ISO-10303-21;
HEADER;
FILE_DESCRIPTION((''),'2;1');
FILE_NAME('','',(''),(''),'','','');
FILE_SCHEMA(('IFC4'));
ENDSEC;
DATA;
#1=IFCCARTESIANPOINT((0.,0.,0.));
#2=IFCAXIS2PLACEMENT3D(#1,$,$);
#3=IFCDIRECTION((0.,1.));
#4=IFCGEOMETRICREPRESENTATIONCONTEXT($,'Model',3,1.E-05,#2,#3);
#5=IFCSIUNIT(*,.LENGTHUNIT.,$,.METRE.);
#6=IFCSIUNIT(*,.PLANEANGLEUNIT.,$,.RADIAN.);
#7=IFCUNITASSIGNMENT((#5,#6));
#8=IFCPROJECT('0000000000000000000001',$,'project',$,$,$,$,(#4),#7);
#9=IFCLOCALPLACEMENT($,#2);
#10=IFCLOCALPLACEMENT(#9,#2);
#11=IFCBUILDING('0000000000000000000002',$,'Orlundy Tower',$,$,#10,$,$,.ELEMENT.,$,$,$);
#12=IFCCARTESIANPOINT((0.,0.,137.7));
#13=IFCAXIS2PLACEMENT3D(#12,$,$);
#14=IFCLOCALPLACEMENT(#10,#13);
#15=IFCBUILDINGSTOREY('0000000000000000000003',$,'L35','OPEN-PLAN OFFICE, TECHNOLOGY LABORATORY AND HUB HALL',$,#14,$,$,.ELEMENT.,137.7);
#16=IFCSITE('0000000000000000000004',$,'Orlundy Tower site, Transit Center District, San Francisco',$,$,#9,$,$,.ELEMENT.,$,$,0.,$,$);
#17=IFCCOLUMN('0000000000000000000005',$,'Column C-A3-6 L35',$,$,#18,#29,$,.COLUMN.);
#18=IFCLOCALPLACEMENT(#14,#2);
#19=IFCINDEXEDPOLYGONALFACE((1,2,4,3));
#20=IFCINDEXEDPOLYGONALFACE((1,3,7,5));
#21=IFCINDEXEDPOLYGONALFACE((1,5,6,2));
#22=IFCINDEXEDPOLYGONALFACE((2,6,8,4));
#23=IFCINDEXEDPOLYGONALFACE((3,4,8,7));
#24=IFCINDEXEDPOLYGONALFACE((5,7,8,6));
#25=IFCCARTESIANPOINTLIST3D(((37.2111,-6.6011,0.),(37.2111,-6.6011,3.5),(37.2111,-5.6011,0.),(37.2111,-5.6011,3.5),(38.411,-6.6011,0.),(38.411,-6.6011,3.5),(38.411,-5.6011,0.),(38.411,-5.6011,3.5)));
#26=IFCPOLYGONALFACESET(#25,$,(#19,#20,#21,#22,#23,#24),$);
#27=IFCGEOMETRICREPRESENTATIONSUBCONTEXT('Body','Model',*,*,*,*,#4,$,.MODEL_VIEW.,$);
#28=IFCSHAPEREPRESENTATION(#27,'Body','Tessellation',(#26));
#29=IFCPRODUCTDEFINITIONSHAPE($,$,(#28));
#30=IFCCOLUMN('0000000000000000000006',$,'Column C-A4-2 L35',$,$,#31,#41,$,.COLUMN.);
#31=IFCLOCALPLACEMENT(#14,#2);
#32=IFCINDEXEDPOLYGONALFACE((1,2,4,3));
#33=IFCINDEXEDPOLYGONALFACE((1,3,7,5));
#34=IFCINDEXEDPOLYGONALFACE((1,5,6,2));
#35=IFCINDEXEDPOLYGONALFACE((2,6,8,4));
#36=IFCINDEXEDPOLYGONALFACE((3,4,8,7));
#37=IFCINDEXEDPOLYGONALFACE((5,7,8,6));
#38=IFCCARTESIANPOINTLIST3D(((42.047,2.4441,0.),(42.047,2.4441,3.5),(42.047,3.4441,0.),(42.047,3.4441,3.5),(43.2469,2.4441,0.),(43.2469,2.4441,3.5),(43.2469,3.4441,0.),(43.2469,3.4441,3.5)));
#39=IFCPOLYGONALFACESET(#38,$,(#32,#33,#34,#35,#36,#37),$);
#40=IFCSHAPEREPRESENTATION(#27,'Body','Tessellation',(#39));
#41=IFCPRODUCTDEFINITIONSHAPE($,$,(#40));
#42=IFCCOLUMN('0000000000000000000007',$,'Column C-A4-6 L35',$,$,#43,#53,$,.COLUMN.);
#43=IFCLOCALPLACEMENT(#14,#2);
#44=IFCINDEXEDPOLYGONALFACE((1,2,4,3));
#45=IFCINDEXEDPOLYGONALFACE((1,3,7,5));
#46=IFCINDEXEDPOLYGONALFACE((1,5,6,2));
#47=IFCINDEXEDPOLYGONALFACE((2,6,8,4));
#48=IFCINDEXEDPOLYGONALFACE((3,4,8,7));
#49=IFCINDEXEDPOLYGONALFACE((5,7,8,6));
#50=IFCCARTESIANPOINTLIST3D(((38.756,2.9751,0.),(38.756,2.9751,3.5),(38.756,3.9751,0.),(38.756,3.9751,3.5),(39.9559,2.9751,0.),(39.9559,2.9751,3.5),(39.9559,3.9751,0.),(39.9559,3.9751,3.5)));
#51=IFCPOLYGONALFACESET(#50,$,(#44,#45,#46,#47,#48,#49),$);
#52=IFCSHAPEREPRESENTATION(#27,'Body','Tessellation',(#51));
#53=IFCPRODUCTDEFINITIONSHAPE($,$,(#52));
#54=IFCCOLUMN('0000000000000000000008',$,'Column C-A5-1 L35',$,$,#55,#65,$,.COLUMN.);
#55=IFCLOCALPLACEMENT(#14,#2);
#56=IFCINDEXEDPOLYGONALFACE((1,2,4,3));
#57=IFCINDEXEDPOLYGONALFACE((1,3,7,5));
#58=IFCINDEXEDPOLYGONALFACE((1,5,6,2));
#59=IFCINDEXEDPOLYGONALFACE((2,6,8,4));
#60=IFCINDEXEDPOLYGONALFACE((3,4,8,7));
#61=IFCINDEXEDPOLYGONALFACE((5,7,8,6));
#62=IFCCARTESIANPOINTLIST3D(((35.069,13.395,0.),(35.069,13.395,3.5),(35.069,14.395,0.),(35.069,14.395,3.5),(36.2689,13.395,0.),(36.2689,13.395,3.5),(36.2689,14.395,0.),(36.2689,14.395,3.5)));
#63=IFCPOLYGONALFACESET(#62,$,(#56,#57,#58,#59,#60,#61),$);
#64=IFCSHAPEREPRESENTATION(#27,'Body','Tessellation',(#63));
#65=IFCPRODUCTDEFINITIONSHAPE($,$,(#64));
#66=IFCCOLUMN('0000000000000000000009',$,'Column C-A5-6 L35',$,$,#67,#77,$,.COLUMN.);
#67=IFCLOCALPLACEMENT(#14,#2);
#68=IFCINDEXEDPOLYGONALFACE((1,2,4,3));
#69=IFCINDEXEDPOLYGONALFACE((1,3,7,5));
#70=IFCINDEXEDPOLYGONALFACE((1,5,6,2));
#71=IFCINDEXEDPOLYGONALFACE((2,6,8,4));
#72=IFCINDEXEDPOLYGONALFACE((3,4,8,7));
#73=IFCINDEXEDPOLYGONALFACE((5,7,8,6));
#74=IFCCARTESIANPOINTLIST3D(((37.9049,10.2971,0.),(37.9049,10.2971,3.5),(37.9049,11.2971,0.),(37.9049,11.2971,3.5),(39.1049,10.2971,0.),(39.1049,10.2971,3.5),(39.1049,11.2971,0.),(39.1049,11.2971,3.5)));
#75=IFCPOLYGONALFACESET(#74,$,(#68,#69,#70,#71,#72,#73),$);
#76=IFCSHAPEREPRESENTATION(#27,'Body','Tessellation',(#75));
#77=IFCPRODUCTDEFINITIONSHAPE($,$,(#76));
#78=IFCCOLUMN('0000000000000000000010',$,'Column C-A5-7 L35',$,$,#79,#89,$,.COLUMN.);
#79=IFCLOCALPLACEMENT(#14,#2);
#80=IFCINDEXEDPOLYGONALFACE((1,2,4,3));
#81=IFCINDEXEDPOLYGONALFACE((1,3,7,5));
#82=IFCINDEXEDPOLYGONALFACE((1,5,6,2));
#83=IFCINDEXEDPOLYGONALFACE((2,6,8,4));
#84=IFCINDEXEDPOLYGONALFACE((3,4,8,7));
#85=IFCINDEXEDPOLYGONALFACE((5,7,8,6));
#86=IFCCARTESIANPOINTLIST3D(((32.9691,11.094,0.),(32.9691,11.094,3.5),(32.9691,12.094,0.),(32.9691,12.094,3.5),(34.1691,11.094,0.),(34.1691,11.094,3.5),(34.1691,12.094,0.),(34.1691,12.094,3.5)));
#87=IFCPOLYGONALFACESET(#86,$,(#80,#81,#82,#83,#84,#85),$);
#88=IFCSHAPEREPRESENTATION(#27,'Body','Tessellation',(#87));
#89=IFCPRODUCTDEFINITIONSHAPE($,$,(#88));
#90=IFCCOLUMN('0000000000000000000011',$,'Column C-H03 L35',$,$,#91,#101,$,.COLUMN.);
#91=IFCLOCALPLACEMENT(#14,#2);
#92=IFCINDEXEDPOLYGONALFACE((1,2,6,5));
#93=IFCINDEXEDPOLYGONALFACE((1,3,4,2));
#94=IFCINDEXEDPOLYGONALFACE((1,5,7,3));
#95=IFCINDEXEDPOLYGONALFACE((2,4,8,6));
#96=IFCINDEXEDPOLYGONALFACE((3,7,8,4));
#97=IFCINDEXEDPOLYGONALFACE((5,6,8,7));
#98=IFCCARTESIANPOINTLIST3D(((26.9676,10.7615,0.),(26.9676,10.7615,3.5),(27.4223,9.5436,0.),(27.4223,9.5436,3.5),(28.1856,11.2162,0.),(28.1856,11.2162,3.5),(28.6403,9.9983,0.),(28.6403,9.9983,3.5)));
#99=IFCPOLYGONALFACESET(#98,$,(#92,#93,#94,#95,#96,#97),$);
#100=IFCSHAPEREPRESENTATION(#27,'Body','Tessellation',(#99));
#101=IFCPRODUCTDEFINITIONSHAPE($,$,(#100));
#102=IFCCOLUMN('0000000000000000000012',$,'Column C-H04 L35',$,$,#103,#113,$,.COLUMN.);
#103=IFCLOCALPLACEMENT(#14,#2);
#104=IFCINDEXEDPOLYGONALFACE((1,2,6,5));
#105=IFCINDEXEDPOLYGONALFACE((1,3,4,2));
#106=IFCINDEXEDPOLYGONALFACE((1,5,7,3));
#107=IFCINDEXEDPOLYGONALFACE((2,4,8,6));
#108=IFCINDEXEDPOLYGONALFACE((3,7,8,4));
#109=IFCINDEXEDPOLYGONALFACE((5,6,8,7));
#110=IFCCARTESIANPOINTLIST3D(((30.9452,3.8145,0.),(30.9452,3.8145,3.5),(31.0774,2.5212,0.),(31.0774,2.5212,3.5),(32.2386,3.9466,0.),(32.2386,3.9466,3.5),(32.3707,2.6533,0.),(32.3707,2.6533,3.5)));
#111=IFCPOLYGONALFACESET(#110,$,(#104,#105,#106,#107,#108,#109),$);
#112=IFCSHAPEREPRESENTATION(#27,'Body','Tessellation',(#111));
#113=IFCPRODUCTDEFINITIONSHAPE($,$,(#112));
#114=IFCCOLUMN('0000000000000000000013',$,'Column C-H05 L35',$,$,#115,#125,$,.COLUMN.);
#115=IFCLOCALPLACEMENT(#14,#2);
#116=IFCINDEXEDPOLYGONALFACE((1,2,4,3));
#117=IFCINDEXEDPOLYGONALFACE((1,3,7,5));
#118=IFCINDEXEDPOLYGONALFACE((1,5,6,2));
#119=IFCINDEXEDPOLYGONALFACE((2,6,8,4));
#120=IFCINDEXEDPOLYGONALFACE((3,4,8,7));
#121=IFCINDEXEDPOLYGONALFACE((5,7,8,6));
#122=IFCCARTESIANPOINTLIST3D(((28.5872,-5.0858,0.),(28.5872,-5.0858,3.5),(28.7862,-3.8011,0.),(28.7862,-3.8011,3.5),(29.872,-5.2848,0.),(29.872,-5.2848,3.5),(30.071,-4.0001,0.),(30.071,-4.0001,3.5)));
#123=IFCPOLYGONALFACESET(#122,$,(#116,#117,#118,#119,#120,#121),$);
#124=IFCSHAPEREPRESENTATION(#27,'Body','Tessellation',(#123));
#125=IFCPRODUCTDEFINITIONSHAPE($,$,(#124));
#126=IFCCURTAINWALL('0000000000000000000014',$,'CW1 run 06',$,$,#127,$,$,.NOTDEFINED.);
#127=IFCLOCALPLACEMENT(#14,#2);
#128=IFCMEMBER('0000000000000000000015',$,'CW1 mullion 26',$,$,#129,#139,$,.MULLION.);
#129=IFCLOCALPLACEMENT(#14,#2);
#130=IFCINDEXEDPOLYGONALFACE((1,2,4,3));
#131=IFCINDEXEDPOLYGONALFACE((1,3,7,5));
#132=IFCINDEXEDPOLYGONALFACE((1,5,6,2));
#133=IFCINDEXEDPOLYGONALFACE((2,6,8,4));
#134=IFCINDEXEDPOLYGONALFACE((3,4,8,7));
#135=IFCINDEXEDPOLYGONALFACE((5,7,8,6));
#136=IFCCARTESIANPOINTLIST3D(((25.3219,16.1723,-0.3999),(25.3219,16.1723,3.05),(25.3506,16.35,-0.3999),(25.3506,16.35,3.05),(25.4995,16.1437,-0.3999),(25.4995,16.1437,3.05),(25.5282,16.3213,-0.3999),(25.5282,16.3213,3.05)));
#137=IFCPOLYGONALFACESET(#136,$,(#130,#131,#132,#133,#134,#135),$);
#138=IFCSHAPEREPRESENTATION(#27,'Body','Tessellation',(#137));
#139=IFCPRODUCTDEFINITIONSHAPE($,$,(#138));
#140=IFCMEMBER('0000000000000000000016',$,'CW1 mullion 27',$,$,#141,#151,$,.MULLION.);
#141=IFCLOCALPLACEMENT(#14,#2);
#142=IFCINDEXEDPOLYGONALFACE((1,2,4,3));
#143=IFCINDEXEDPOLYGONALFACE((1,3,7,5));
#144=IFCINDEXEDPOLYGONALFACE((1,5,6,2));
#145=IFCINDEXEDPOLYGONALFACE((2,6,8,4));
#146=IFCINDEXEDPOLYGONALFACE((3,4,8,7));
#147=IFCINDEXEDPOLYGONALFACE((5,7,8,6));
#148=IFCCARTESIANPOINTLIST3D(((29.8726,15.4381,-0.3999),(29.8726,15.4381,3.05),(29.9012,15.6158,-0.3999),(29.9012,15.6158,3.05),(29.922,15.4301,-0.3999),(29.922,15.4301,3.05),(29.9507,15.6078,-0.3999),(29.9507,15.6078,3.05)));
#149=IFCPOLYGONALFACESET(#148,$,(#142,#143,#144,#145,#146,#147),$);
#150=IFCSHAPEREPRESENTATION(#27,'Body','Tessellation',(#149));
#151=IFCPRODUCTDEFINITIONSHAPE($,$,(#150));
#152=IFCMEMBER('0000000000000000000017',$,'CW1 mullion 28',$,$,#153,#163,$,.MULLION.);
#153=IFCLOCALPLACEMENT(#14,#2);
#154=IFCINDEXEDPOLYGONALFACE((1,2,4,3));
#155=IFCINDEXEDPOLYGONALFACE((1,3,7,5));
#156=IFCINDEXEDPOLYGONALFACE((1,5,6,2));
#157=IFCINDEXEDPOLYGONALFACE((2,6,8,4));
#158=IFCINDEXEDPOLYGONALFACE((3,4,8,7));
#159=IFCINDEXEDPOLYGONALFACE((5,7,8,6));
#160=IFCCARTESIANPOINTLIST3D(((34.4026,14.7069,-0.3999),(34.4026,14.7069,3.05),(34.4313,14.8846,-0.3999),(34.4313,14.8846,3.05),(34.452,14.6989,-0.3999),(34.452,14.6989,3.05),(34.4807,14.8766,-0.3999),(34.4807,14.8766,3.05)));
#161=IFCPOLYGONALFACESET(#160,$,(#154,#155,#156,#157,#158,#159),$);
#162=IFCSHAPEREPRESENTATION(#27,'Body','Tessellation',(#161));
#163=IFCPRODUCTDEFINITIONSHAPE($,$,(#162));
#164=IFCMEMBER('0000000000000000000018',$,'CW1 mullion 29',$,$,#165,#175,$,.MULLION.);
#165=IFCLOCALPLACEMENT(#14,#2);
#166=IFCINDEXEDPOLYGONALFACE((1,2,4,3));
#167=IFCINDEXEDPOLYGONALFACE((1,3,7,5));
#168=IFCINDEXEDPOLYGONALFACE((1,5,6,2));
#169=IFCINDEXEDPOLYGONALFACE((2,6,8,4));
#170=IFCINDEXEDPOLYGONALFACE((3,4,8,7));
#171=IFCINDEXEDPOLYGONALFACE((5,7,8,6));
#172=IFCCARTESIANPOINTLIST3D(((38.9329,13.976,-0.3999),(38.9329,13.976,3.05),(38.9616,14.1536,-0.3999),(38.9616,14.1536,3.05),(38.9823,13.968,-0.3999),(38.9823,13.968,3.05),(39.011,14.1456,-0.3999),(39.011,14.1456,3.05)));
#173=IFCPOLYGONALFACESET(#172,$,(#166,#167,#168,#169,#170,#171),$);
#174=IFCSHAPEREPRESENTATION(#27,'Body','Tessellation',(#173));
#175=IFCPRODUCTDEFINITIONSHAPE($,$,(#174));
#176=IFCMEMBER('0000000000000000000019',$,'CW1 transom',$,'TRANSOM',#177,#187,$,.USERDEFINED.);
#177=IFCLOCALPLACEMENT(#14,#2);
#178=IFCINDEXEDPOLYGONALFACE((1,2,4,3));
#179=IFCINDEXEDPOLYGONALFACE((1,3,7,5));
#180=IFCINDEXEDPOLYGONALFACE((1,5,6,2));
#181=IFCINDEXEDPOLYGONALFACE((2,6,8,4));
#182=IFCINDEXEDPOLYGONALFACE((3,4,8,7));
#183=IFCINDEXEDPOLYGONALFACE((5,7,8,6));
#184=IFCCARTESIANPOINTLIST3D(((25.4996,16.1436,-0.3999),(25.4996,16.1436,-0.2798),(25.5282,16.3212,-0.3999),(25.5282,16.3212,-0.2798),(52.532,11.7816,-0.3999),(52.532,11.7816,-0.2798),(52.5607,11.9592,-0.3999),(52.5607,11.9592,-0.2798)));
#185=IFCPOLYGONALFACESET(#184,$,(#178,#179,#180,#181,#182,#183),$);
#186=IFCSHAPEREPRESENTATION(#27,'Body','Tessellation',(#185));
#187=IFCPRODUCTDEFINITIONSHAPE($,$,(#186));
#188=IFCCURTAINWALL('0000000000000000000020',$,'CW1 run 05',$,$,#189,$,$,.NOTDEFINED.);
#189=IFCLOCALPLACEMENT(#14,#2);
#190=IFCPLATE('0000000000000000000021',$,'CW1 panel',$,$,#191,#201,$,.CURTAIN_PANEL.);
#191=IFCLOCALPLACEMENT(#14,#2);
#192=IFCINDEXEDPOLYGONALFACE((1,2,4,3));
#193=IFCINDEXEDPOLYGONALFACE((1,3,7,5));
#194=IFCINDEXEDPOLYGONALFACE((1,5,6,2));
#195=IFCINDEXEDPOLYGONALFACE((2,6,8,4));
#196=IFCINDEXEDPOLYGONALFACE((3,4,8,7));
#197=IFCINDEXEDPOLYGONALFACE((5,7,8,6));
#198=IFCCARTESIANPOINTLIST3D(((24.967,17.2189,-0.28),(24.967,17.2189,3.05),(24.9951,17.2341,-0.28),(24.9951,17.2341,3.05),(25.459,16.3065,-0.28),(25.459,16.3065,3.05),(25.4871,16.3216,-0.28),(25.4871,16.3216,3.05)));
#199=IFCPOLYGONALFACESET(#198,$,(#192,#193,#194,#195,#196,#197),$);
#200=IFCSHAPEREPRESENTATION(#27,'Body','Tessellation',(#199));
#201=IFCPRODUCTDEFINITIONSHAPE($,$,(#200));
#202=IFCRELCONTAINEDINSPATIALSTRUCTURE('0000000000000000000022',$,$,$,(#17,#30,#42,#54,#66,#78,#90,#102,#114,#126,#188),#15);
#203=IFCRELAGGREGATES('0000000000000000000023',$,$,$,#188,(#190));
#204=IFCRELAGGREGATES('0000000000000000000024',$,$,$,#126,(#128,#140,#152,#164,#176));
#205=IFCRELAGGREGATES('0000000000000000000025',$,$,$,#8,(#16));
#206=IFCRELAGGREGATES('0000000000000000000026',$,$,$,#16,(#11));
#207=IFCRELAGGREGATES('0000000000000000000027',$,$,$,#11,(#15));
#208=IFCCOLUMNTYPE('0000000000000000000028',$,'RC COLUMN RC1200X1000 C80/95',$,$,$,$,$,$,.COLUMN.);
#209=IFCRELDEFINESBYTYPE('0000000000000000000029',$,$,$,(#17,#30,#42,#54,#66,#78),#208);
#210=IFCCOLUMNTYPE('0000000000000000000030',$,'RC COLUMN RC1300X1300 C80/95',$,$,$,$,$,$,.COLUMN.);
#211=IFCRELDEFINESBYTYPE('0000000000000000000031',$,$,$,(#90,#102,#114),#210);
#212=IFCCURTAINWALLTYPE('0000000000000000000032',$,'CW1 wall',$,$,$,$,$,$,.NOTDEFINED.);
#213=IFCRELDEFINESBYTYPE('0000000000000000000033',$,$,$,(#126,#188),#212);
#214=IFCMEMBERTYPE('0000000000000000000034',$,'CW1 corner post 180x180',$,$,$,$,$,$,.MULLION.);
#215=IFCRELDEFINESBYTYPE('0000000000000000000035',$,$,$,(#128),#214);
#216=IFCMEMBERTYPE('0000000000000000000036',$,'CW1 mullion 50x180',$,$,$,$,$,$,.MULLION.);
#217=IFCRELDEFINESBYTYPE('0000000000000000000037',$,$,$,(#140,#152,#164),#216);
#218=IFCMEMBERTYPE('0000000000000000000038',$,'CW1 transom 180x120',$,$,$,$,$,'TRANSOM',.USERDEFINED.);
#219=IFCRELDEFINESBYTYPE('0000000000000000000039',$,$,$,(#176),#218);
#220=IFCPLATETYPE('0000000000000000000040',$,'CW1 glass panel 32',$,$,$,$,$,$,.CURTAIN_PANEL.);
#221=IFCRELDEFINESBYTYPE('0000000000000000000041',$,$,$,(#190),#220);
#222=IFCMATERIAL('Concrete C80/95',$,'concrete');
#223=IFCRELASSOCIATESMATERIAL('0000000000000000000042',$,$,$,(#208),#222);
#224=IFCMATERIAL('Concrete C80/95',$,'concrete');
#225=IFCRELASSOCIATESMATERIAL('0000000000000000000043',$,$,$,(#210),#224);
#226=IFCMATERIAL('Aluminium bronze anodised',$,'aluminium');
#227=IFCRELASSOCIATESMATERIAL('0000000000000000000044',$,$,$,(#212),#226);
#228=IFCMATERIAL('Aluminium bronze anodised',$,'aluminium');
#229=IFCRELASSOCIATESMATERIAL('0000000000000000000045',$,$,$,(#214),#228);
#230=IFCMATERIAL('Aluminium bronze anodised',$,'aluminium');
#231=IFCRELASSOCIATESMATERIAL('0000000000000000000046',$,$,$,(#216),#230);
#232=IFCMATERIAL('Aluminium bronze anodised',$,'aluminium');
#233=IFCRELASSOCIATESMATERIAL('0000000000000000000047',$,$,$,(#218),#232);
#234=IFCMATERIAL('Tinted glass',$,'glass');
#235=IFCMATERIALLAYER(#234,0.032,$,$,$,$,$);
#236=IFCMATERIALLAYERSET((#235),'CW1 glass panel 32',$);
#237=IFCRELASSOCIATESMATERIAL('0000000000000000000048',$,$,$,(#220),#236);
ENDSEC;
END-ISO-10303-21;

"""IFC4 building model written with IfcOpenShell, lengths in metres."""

from ifc_helpers import new_model, si_unit, direction, frame, origin, origin_2d, place, context, subcontext, project, spatial, rectangle, extrude, material, layer, layer_set, material_profile, profile_set, type_object, element, aggregate, save


model = new_model("IFC4")

# Units and contexts
model_context = context("Model", 3, precision=1e-05, world=origin(), true_north=direction((0.0, 1.0)))
body_context = subcontext(model_context, "Body", "Model", "MODEL_VIEW")
ifc_project = project(units=[si_unit("LENGTHUNIT", "METRE"), si_unit("PLANEANGLEUNIT", "RADIAN")], contexts=[model_context])

# Site, building, storey
site_placement = place(None, origin())
site = spatial("IfcSite", under=ifc_project, at=site_placement, Name="Orlundy Tower site, Transit Center District, San Francisco", CompositionType="ELEMENT", RefElevation=0.0)
building_placement = place(site_placement, origin())
building = spatial("IfcBuilding", under=site, at=building_placement, Name="Orlundy Tower", CompositionType="ELEMENT")
storey_placement = place(building_placement, frame((0.0, 0.0, 137.7)))
storey = spatial("IfcBuildingStorey", under=building, at=storey_placement, Name="L35", Description="OPEN-PLAN OFFICE, TECHNOLOGY LABORATORY AND HUB HALL", CompositionType="ELEMENT", Elevation=137.7)

# Columns
ifc_material_1 = material(Name="Concrete C80/95", Category="concrete")
ifc_material_profile_1 = material_profile(ifc_material_1, rectangle(XDim=1.2, YDim=1.0, at=origin_2d()), Name="RC1200X1000")
ifc_profile_set_1 = profile_set([ifc_material_profile_1], Name="Concrete C80/95")
column_type_1 = type_object("IfcColumnType", Name="RC COLUMN RC1200X1000 C80/95", PredefinedType="COLUMN", material=ifc_profile_set_1)
for number, where, z_axis, x_axis, name in (
    (1, (37.811, -6.1011, 0.0), (0.0, 0.0, 1.0), (1.0, 0.0, 0.0), "Column C-A3-6 L35"),
    (2, (42.647, 2.9441, 0.0), (0.0, 0.0, 1.0), (1.0, 0.0, 0.0), "Column C-A4-2 L35"),
    (3, (39.356, 3.4751, 0.0), (0.0, 0.0, 1.0), (1.0, 0.0, 0.0), "Column C-A4-6 L35"),
    (4, (35.6689, 13.895, 0.0), (0.0, 0.0, 1.0), (1.0, 0.0, 0.0), "Column C-A5-1 L35"),
    (5, (38.5049, 10.7971, 0.0), (0.0, 0.0, 1.0), (1.0, 0.0, 0.0), "Column C-A5-6 L35"),
    (6, (33.5691, 11.594, 0.0), (0.0, 0.0, 1.0), (1.0, 0.0, 0.0), "Column C-A5-7 L35"),
):
    element("IfcColumn", number, at=place(storey_placement, frame(where, z_axis=z_axis, x_axis=x_axis)), inside=storey, type_object=column_type_1, Name=name, PredefinedType="COLUMN", context=body_context, shape_type="SweptSolid", body=[
        extrude(rectangle(XDim=1.2, YDim=1.0, at=origin_2d()), origin(), (0.0, 0.0, 1.0), 3.5),
    ])
ifc_material_2 = material(Name="Concrete C80/95", Category="concrete")
ifc_material_profile_2 = material_profile(ifc_material_2, rectangle(XDim=1.3, YDim=1.3, at=origin_2d()), Name="RC1300X1300")
ifc_profile_set_2 = profile_set([ifc_material_profile_2], Name="Concrete C80/95")
column_type_2 = type_object("IfcColumnType", Name="RC COLUMN RC1300X1300 C80/95", PredefinedType="COLUMN", material=ifc_profile_set_2)
for number, where, z_axis, x_axis, name in (
    (7, (27.804, 10.3799, 0.0), (0.0, 0.0, 1.0), (0.936843, 0.34975, 0.0), "Column C-H03 L35"),
    (8, (31.658, 3.2339, 0.0), (0.0, 0.0, 1.0), (0.994822, 0.101629, 0.0), "Column C-H04 L35"),
    (9, (29.3291, -4.543, 0.0), (0.0, 0.0, 1.0), (0.988215, -0.153072, 0.0), "Column C-H05 L35"),
):
    element("IfcColumn", number, at=place(storey_placement, frame(where, z_axis=z_axis, x_axis=x_axis)), inside=storey, type_object=column_type_2, Name=name, PredefinedType="COLUMN", context=body_context, shape_type="SweptSolid", body=[
        extrude(rectangle(XDim=1.3, YDim=1.3, at=origin_2d()), origin(), (0.0, 0.0, 1.0), 3.5),
    ])

# Curtain wall, members
ifc_material_3 = material(Name="Aluminium bronze anodised", Category="aluminium")
curtain_wall_type = type_object("IfcCurtainWallType", Name="CW1 wall", PredefinedType="NOTDEFINED", material=ifc_material_3)
curtain_wall_1_placement = place(storey_placement, origin())
curtain_wall_1 = element("IfcCurtainWall", 10, at=curtain_wall_1_placement, inside=storey, type_object=curtain_wall_type, Name="CW1 run 06", PredefinedType="NOTDEFINED")
ifc_material_4 = material(Name="Aluminium bronze anodised", Category="aluminium")
ifc_material_profile_3 = material_profile(ifc_material_4, rectangle(XDim=0.1799, YDim=0.1799, at=origin_2d()), Name="CW1 corner post 180x180")
ifc_profile_set_3 = profile_set([ifc_material_profile_3], Name="Aluminium bronze anodised")
member_type_1 = type_object("IfcMemberType", Name="CW1 corner post 180x180", PredefinedType="MULLION", material=ifc_profile_set_3)
member_1_placement = place(storey_placement, frame((25.425, 16.2468, -0.3999), z_axis=(0.0, 0.0, 1.0), x_axis=(0.159302, 0.98723, 0.0)))
member_1 = element("IfcMember", 11, at=member_1_placement, type_object=member_type_1, Name="CW1 mullion 26", PredefinedType="MULLION", context=body_context, shape_type="SweptSolid", body=[
    extrude(rectangle(XDim=0.1799, YDim=0.1799, at=origin_2d()), origin(), (0.0, 0.0, 1.0), 3.45),
])
ifc_material_5 = material(Name="Aluminium bronze anodised", Category="aluminium")
ifc_material_profile_4 = material_profile(ifc_material_5, rectangle(XDim=0.1799, YDim=0.05, at=origin_2d()), Name="CW1 mullion 50x180")
ifc_profile_set_4 = profile_set([ifc_material_profile_4], Name="Aluminium bronze anodised")
member_type_2 = type_object("IfcMemberType", Name="CW1 mullion 50x180", PredefinedType="MULLION", material=ifc_profile_set_4)
member_2_placement = place(storey_placement, frame((29.9116, 15.5229, -0.3999), z_axis=(0.0, 0.0, 1.0), x_axis=(0.159302, 0.98723, 0.0)))
member_2 = element("IfcMember", 12, at=member_2_placement, type_object=member_type_2, Name="CW1 mullion 27", PredefinedType="MULLION", context=body_context, shape_type="SweptSolid", body=[
    extrude(rectangle(XDim=0.1799, YDim=0.05, at=origin_2d()), origin(), (0.0, 0.0, 1.0), 3.45),
])
member_3_placement = place(storey_placement, frame((34.4417, 14.7917, -0.3999), z_axis=(0.0, 0.0, 1.0), x_axis=(0.159302, 0.98723, 0.0)))
member_3 = element("IfcMember", 13, at=member_3_placement, type_object=member_type_2, Name="CW1 mullion 28", PredefinedType="MULLION", context=body_context, shape_type="SweptSolid", body=[
    extrude(rectangle(XDim=0.1799, YDim=0.05, at=origin_2d()), origin(), (0.0, 0.0, 1.0), 3.45),
])
member_4_placement = place(storey_placement, frame((38.9719, 14.0608, -0.3999), z_axis=(0.0, 0.0, 1.0), x_axis=(0.159302, 0.98723, 0.0)))
member_4 = element("IfcMember", 14, at=member_4_placement, type_object=member_type_2, Name="CW1 mullion 29", PredefinedType="MULLION", context=body_context, shape_type="SweptSolid", body=[
    extrude(rectangle(XDim=0.1799, YDim=0.05, at=origin_2d()), origin(), (0.0, 0.0, 1.0), 3.45),
])
ifc_material_6 = material(Name="Aluminium bronze anodised", Category="aluminium")
ifc_material_profile_5 = material_profile(ifc_material_6, rectangle(XDim=0.1799, YDim=0.1201, at=origin_2d()), Name="CW1 transom 180x120")
ifc_profile_set_5 = profile_set([ifc_material_profile_5], Name="Aluminium bronze anodised")
member_type_3 = type_object("IfcMemberType", Name="CW1 transom 180x120", ElementType="TRANSOM", PredefinedType="USERDEFINED", material=ifc_profile_set_5)
member_5_placement = place(storey_placement, frame((25.5139, 16.2324, -0.3398), z_axis=(0.98723, -0.159303, 0.0), x_axis=(0.159303, 0.98723, 0.0)))
member_5 = element("IfcMember", 15, at=member_5_placement, type_object=member_type_3, Name="CW1 transom", ObjectType="TRANSOM", PredefinedType="USERDEFINED", context=body_context, shape_type="SweptSolid", body=[
    extrude(rectangle(XDim=0.1799, YDim=0.1201, at=origin_2d()), origin(), (0.0, 0.0, 1.0), 27.3821),
])

# Curtain wall, plate
curtain_wall_2_placement = place(storey_placement, origin())
curtain_wall_2 = element("IfcCurtainWall", 16, at=curtain_wall_2_placement, inside=storey, type_object=curtain_wall_type, Name="CW1 run 05", PredefinedType="NOTDEFINED")
ifc_material_7 = material(Name="Tinted glass", Category="glass")
ifc_layer_1 = layer(ifc_material_7, 0.032)
ifc_layer_set_1 = layer_set([ifc_layer_1], Name="CW1 glass panel 32")
plate_type = type_object("IfcPlateType", Name="CW1 glass panel 32", PredefinedType="CURTAIN_PANEL", material=ifc_layer_set_1)
plate_1_placement = place(storey_placement, frame((25.2271, 16.7703, -0.28), z_axis=(0.0, 0.0, 1.0), x_axis=(0.474624, -0.880189, 0.0)))
plate_1 = element("IfcPlate", 17, at=plate_1_placement, type_object=plate_type, Name="CW1 panel", PredefinedType="CURTAIN_PANEL", context=body_context, shape_type="SweptSolid", body=[
    extrude(rectangle(XDim=1.0366, YDim=0.032, at=origin_2d()), origin(), (0.0, 0.0, 1.0), 3.3301),
])
aggregate(curtain_wall_2, [plate_1])

aggregate(curtain_wall_1, [member_1, member_2, member_3, member_4, member_5])

save(model, "model.ifc")
